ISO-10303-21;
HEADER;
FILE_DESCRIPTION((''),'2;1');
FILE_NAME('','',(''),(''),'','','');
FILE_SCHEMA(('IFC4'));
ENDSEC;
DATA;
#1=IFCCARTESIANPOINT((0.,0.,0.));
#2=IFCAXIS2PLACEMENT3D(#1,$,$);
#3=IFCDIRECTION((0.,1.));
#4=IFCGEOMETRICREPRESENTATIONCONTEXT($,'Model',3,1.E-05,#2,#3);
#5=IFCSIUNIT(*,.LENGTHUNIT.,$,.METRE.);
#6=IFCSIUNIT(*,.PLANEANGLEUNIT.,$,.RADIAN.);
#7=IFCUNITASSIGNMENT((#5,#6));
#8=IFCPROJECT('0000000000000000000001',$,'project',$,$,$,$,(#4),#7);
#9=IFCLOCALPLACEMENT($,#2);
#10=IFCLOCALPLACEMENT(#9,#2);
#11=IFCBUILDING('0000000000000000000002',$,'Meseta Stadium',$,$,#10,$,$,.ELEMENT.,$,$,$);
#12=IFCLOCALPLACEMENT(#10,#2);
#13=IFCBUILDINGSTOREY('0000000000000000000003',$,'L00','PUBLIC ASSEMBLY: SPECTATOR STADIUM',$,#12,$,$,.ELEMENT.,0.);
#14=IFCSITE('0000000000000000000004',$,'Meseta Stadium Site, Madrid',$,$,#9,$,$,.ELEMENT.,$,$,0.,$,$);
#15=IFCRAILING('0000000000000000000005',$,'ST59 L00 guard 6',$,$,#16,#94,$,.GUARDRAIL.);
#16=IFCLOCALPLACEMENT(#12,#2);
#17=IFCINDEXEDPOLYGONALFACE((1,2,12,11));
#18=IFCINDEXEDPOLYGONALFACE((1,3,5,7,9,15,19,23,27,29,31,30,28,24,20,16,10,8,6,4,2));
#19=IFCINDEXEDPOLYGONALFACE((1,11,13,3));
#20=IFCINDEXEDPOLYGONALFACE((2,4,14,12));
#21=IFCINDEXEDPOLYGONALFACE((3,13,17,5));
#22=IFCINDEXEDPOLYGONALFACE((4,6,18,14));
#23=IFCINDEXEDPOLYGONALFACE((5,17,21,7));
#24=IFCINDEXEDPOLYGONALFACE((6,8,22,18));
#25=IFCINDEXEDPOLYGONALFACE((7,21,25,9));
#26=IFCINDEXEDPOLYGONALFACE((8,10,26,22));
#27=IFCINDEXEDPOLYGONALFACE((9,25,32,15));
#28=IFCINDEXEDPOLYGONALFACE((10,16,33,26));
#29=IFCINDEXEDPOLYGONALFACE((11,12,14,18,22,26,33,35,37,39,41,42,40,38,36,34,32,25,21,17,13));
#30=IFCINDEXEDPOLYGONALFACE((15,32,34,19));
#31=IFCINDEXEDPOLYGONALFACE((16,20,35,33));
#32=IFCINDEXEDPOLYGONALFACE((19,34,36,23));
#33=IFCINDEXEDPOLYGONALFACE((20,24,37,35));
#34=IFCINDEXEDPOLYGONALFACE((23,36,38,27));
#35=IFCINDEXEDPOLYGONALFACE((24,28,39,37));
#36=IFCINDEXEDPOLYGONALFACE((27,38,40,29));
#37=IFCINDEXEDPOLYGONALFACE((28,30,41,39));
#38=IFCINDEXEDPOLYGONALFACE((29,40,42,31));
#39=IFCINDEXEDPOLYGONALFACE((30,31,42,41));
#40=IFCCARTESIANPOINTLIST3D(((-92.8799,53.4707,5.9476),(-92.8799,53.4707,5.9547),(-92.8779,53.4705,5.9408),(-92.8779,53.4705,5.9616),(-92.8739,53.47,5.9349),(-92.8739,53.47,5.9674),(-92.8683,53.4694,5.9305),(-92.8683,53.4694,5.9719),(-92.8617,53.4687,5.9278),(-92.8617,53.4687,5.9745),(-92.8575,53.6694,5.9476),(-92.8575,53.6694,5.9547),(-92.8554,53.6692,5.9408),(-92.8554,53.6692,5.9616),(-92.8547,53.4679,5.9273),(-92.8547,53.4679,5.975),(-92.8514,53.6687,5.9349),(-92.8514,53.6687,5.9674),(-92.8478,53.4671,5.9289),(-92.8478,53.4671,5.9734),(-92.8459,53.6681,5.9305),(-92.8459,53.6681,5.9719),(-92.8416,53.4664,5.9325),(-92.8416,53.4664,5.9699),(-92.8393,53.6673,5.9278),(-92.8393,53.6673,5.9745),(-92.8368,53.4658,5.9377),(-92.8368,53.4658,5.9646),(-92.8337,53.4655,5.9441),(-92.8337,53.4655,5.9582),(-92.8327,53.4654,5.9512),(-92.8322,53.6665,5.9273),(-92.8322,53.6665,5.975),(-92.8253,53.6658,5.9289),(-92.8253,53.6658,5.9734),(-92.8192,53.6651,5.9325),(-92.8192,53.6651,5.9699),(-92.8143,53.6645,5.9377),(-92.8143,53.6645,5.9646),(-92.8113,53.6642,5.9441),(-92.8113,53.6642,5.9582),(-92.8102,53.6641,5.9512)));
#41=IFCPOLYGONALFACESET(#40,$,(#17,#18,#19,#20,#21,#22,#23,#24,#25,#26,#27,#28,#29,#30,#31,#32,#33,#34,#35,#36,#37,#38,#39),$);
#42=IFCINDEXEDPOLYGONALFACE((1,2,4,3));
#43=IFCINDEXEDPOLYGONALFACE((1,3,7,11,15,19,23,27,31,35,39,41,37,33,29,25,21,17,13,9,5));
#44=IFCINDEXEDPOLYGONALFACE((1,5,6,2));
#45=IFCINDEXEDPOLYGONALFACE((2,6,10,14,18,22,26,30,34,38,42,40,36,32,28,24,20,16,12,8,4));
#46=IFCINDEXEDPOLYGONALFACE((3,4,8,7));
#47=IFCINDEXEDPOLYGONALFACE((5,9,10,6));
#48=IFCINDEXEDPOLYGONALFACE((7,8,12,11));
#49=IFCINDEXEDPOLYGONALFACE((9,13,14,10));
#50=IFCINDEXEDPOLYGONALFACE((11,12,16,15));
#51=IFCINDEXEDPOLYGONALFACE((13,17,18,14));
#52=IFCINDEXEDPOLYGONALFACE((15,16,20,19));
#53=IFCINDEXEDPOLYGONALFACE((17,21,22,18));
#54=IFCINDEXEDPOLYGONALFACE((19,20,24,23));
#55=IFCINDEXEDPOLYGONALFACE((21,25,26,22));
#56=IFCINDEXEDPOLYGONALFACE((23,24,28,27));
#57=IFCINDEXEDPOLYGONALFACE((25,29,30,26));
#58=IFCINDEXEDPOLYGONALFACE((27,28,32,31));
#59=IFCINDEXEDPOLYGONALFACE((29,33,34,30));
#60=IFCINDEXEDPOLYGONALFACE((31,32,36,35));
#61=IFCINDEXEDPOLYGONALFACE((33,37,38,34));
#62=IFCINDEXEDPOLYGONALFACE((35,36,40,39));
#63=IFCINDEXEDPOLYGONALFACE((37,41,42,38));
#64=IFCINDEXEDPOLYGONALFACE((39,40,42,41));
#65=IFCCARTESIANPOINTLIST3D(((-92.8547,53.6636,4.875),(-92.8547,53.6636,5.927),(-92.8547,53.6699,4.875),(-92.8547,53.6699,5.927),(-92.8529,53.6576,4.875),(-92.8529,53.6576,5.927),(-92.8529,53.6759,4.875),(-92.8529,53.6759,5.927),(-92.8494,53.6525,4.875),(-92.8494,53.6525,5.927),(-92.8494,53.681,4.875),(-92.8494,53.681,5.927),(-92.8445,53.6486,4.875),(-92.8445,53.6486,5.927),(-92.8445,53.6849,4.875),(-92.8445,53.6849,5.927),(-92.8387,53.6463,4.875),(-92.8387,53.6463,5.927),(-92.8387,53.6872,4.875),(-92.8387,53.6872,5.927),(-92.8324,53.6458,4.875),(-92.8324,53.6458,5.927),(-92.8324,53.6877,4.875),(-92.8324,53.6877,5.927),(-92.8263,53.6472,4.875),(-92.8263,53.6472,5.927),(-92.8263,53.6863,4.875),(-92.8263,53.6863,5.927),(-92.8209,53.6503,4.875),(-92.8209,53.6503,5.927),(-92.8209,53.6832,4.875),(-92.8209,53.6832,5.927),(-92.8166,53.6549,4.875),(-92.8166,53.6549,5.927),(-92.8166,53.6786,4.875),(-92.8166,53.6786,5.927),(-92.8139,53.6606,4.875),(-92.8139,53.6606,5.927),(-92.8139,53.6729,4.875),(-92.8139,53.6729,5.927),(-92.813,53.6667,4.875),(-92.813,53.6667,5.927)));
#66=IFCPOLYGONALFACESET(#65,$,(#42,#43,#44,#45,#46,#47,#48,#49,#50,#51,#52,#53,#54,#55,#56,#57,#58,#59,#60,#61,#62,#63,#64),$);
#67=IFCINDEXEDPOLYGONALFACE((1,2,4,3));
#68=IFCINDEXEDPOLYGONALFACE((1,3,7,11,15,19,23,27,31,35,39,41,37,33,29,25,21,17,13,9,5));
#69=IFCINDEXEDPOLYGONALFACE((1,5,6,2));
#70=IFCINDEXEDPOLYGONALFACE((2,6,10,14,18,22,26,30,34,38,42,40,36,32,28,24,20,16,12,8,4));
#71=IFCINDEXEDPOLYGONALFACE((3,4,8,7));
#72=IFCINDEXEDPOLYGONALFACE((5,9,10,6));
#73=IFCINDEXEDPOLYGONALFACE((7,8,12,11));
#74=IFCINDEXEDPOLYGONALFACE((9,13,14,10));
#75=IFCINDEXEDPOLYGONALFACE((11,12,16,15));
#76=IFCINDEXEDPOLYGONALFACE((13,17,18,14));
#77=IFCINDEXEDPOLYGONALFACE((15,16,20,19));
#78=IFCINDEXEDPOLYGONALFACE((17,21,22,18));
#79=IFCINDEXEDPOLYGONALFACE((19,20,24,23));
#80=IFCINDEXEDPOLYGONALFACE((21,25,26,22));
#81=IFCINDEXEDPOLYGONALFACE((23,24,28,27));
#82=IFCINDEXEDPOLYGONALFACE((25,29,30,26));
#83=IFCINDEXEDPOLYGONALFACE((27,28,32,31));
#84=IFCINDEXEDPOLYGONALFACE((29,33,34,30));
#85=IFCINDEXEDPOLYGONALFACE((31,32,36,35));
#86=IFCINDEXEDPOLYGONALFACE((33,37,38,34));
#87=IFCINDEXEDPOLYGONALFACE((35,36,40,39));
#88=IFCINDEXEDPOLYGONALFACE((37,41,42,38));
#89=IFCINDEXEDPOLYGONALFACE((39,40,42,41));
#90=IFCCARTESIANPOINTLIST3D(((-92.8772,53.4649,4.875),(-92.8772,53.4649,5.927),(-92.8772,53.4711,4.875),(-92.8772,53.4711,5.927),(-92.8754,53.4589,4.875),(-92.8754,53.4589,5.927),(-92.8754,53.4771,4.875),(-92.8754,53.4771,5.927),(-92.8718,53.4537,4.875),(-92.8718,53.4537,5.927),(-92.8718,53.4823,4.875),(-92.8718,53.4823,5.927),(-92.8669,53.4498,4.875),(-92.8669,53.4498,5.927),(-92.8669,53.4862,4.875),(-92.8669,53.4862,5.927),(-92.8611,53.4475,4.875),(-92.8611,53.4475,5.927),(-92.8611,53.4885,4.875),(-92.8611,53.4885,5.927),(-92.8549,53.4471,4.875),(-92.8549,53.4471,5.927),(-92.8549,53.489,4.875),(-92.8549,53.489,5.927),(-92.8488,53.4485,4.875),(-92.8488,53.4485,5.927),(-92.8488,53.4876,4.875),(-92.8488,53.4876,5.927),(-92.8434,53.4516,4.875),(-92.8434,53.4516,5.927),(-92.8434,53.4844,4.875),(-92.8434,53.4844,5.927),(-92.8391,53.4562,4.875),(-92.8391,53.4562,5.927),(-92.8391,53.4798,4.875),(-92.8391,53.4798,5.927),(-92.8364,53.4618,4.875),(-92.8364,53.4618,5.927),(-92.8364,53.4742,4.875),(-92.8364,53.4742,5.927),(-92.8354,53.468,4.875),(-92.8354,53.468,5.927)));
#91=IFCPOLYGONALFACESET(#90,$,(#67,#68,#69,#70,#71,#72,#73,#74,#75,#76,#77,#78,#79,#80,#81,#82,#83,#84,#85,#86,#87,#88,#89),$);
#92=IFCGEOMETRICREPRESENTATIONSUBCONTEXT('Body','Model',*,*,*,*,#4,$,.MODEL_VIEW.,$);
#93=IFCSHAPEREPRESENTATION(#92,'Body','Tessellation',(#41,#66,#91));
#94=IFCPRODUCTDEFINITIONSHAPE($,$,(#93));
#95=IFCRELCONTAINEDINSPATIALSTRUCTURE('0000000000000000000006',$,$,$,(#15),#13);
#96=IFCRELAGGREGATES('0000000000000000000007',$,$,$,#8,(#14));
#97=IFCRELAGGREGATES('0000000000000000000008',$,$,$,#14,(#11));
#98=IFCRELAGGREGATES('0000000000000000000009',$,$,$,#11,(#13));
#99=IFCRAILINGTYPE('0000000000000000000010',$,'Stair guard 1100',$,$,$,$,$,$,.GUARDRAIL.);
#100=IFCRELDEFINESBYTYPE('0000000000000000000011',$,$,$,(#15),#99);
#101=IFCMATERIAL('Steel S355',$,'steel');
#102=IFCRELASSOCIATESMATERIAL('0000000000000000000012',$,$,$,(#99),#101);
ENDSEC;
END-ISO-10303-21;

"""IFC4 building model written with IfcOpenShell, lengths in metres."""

from ifc_helpers import new_model, si_unit, direction, frame, origin, origin_2d, place, context, subcontext, project, spatial, circle, extrude, material, type_object, element, save


model = new_model("IFC4")

# Units and contexts
model_context = context("Model", 3, precision=1e-05, world=origin(), true_north=direction((0.0, 1.0)))
body_context = subcontext(model_context, "Body", "Model", "MODEL_VIEW")
ifc_project = project(units=[si_unit("LENGTHUNIT", "METRE"), si_unit("PLANEANGLEUNIT", "RADIAN")], contexts=[model_context])

# Site, building, storey
site_placement = place(None, origin())
site = spatial("IfcSite", under=ifc_project, at=site_placement, Name="Meseta Stadium Site, Madrid", CompositionType="ELEMENT", RefElevation=0.0)
building_placement = place(site_placement, origin())
building = spatial("IfcBuilding", under=site, at=building_placement, Name="Meseta Stadium", CompositionType="ELEMENT")
storey_placement = place(building_placement, origin())
storey = spatial("IfcBuildingStorey", under=building, at=storey_placement, Name="L00", Description="PUBLIC ASSEMBLY: SPECTATOR STADIUM", CompositionType="ELEMENT", Elevation=0.0)

# Railing
ifc_material_1 = material(Name="Steel S355", Category="steel")
railing_type_1 = type_object("IfcRailingType", Name="Stair guard 1100", PredefinedType="GUARDRAIL", material=ifc_material_1)
railing_1_placement = place(storey_placement, frame((-92.834, 53.6667, 4.875)))
element("IfcRailing", 1, at=railing_1_placement, inside=storey, type_object=railing_type_1, Name="ST59 L00 guard 6", PredefinedType="GUARDRAIL", context=body_context, shape_type="SweptSolid", body=[
    extrude(circle(Radius=0.0239, at=origin_2d()), frame((0.0, 0.0, 1.0762), z_axis=(-0.112307, -0.993674, 0.0), x_axis=(0.993674, -0.112307, 0.0)), (0.0, 0.0, 1.0), 0.2),
    extrude(circle(Radius=0.021, at=origin_2d()), origin(), (0.0, 0.0, 1.0), 1.052),
    extrude(circle(Radius=0.021, at=origin_2d()), frame((-0.0225, -0.1987, 0.0)), (0.0, 0.0, 1.0), 1.052),
])

save(model, "model.ifc")
